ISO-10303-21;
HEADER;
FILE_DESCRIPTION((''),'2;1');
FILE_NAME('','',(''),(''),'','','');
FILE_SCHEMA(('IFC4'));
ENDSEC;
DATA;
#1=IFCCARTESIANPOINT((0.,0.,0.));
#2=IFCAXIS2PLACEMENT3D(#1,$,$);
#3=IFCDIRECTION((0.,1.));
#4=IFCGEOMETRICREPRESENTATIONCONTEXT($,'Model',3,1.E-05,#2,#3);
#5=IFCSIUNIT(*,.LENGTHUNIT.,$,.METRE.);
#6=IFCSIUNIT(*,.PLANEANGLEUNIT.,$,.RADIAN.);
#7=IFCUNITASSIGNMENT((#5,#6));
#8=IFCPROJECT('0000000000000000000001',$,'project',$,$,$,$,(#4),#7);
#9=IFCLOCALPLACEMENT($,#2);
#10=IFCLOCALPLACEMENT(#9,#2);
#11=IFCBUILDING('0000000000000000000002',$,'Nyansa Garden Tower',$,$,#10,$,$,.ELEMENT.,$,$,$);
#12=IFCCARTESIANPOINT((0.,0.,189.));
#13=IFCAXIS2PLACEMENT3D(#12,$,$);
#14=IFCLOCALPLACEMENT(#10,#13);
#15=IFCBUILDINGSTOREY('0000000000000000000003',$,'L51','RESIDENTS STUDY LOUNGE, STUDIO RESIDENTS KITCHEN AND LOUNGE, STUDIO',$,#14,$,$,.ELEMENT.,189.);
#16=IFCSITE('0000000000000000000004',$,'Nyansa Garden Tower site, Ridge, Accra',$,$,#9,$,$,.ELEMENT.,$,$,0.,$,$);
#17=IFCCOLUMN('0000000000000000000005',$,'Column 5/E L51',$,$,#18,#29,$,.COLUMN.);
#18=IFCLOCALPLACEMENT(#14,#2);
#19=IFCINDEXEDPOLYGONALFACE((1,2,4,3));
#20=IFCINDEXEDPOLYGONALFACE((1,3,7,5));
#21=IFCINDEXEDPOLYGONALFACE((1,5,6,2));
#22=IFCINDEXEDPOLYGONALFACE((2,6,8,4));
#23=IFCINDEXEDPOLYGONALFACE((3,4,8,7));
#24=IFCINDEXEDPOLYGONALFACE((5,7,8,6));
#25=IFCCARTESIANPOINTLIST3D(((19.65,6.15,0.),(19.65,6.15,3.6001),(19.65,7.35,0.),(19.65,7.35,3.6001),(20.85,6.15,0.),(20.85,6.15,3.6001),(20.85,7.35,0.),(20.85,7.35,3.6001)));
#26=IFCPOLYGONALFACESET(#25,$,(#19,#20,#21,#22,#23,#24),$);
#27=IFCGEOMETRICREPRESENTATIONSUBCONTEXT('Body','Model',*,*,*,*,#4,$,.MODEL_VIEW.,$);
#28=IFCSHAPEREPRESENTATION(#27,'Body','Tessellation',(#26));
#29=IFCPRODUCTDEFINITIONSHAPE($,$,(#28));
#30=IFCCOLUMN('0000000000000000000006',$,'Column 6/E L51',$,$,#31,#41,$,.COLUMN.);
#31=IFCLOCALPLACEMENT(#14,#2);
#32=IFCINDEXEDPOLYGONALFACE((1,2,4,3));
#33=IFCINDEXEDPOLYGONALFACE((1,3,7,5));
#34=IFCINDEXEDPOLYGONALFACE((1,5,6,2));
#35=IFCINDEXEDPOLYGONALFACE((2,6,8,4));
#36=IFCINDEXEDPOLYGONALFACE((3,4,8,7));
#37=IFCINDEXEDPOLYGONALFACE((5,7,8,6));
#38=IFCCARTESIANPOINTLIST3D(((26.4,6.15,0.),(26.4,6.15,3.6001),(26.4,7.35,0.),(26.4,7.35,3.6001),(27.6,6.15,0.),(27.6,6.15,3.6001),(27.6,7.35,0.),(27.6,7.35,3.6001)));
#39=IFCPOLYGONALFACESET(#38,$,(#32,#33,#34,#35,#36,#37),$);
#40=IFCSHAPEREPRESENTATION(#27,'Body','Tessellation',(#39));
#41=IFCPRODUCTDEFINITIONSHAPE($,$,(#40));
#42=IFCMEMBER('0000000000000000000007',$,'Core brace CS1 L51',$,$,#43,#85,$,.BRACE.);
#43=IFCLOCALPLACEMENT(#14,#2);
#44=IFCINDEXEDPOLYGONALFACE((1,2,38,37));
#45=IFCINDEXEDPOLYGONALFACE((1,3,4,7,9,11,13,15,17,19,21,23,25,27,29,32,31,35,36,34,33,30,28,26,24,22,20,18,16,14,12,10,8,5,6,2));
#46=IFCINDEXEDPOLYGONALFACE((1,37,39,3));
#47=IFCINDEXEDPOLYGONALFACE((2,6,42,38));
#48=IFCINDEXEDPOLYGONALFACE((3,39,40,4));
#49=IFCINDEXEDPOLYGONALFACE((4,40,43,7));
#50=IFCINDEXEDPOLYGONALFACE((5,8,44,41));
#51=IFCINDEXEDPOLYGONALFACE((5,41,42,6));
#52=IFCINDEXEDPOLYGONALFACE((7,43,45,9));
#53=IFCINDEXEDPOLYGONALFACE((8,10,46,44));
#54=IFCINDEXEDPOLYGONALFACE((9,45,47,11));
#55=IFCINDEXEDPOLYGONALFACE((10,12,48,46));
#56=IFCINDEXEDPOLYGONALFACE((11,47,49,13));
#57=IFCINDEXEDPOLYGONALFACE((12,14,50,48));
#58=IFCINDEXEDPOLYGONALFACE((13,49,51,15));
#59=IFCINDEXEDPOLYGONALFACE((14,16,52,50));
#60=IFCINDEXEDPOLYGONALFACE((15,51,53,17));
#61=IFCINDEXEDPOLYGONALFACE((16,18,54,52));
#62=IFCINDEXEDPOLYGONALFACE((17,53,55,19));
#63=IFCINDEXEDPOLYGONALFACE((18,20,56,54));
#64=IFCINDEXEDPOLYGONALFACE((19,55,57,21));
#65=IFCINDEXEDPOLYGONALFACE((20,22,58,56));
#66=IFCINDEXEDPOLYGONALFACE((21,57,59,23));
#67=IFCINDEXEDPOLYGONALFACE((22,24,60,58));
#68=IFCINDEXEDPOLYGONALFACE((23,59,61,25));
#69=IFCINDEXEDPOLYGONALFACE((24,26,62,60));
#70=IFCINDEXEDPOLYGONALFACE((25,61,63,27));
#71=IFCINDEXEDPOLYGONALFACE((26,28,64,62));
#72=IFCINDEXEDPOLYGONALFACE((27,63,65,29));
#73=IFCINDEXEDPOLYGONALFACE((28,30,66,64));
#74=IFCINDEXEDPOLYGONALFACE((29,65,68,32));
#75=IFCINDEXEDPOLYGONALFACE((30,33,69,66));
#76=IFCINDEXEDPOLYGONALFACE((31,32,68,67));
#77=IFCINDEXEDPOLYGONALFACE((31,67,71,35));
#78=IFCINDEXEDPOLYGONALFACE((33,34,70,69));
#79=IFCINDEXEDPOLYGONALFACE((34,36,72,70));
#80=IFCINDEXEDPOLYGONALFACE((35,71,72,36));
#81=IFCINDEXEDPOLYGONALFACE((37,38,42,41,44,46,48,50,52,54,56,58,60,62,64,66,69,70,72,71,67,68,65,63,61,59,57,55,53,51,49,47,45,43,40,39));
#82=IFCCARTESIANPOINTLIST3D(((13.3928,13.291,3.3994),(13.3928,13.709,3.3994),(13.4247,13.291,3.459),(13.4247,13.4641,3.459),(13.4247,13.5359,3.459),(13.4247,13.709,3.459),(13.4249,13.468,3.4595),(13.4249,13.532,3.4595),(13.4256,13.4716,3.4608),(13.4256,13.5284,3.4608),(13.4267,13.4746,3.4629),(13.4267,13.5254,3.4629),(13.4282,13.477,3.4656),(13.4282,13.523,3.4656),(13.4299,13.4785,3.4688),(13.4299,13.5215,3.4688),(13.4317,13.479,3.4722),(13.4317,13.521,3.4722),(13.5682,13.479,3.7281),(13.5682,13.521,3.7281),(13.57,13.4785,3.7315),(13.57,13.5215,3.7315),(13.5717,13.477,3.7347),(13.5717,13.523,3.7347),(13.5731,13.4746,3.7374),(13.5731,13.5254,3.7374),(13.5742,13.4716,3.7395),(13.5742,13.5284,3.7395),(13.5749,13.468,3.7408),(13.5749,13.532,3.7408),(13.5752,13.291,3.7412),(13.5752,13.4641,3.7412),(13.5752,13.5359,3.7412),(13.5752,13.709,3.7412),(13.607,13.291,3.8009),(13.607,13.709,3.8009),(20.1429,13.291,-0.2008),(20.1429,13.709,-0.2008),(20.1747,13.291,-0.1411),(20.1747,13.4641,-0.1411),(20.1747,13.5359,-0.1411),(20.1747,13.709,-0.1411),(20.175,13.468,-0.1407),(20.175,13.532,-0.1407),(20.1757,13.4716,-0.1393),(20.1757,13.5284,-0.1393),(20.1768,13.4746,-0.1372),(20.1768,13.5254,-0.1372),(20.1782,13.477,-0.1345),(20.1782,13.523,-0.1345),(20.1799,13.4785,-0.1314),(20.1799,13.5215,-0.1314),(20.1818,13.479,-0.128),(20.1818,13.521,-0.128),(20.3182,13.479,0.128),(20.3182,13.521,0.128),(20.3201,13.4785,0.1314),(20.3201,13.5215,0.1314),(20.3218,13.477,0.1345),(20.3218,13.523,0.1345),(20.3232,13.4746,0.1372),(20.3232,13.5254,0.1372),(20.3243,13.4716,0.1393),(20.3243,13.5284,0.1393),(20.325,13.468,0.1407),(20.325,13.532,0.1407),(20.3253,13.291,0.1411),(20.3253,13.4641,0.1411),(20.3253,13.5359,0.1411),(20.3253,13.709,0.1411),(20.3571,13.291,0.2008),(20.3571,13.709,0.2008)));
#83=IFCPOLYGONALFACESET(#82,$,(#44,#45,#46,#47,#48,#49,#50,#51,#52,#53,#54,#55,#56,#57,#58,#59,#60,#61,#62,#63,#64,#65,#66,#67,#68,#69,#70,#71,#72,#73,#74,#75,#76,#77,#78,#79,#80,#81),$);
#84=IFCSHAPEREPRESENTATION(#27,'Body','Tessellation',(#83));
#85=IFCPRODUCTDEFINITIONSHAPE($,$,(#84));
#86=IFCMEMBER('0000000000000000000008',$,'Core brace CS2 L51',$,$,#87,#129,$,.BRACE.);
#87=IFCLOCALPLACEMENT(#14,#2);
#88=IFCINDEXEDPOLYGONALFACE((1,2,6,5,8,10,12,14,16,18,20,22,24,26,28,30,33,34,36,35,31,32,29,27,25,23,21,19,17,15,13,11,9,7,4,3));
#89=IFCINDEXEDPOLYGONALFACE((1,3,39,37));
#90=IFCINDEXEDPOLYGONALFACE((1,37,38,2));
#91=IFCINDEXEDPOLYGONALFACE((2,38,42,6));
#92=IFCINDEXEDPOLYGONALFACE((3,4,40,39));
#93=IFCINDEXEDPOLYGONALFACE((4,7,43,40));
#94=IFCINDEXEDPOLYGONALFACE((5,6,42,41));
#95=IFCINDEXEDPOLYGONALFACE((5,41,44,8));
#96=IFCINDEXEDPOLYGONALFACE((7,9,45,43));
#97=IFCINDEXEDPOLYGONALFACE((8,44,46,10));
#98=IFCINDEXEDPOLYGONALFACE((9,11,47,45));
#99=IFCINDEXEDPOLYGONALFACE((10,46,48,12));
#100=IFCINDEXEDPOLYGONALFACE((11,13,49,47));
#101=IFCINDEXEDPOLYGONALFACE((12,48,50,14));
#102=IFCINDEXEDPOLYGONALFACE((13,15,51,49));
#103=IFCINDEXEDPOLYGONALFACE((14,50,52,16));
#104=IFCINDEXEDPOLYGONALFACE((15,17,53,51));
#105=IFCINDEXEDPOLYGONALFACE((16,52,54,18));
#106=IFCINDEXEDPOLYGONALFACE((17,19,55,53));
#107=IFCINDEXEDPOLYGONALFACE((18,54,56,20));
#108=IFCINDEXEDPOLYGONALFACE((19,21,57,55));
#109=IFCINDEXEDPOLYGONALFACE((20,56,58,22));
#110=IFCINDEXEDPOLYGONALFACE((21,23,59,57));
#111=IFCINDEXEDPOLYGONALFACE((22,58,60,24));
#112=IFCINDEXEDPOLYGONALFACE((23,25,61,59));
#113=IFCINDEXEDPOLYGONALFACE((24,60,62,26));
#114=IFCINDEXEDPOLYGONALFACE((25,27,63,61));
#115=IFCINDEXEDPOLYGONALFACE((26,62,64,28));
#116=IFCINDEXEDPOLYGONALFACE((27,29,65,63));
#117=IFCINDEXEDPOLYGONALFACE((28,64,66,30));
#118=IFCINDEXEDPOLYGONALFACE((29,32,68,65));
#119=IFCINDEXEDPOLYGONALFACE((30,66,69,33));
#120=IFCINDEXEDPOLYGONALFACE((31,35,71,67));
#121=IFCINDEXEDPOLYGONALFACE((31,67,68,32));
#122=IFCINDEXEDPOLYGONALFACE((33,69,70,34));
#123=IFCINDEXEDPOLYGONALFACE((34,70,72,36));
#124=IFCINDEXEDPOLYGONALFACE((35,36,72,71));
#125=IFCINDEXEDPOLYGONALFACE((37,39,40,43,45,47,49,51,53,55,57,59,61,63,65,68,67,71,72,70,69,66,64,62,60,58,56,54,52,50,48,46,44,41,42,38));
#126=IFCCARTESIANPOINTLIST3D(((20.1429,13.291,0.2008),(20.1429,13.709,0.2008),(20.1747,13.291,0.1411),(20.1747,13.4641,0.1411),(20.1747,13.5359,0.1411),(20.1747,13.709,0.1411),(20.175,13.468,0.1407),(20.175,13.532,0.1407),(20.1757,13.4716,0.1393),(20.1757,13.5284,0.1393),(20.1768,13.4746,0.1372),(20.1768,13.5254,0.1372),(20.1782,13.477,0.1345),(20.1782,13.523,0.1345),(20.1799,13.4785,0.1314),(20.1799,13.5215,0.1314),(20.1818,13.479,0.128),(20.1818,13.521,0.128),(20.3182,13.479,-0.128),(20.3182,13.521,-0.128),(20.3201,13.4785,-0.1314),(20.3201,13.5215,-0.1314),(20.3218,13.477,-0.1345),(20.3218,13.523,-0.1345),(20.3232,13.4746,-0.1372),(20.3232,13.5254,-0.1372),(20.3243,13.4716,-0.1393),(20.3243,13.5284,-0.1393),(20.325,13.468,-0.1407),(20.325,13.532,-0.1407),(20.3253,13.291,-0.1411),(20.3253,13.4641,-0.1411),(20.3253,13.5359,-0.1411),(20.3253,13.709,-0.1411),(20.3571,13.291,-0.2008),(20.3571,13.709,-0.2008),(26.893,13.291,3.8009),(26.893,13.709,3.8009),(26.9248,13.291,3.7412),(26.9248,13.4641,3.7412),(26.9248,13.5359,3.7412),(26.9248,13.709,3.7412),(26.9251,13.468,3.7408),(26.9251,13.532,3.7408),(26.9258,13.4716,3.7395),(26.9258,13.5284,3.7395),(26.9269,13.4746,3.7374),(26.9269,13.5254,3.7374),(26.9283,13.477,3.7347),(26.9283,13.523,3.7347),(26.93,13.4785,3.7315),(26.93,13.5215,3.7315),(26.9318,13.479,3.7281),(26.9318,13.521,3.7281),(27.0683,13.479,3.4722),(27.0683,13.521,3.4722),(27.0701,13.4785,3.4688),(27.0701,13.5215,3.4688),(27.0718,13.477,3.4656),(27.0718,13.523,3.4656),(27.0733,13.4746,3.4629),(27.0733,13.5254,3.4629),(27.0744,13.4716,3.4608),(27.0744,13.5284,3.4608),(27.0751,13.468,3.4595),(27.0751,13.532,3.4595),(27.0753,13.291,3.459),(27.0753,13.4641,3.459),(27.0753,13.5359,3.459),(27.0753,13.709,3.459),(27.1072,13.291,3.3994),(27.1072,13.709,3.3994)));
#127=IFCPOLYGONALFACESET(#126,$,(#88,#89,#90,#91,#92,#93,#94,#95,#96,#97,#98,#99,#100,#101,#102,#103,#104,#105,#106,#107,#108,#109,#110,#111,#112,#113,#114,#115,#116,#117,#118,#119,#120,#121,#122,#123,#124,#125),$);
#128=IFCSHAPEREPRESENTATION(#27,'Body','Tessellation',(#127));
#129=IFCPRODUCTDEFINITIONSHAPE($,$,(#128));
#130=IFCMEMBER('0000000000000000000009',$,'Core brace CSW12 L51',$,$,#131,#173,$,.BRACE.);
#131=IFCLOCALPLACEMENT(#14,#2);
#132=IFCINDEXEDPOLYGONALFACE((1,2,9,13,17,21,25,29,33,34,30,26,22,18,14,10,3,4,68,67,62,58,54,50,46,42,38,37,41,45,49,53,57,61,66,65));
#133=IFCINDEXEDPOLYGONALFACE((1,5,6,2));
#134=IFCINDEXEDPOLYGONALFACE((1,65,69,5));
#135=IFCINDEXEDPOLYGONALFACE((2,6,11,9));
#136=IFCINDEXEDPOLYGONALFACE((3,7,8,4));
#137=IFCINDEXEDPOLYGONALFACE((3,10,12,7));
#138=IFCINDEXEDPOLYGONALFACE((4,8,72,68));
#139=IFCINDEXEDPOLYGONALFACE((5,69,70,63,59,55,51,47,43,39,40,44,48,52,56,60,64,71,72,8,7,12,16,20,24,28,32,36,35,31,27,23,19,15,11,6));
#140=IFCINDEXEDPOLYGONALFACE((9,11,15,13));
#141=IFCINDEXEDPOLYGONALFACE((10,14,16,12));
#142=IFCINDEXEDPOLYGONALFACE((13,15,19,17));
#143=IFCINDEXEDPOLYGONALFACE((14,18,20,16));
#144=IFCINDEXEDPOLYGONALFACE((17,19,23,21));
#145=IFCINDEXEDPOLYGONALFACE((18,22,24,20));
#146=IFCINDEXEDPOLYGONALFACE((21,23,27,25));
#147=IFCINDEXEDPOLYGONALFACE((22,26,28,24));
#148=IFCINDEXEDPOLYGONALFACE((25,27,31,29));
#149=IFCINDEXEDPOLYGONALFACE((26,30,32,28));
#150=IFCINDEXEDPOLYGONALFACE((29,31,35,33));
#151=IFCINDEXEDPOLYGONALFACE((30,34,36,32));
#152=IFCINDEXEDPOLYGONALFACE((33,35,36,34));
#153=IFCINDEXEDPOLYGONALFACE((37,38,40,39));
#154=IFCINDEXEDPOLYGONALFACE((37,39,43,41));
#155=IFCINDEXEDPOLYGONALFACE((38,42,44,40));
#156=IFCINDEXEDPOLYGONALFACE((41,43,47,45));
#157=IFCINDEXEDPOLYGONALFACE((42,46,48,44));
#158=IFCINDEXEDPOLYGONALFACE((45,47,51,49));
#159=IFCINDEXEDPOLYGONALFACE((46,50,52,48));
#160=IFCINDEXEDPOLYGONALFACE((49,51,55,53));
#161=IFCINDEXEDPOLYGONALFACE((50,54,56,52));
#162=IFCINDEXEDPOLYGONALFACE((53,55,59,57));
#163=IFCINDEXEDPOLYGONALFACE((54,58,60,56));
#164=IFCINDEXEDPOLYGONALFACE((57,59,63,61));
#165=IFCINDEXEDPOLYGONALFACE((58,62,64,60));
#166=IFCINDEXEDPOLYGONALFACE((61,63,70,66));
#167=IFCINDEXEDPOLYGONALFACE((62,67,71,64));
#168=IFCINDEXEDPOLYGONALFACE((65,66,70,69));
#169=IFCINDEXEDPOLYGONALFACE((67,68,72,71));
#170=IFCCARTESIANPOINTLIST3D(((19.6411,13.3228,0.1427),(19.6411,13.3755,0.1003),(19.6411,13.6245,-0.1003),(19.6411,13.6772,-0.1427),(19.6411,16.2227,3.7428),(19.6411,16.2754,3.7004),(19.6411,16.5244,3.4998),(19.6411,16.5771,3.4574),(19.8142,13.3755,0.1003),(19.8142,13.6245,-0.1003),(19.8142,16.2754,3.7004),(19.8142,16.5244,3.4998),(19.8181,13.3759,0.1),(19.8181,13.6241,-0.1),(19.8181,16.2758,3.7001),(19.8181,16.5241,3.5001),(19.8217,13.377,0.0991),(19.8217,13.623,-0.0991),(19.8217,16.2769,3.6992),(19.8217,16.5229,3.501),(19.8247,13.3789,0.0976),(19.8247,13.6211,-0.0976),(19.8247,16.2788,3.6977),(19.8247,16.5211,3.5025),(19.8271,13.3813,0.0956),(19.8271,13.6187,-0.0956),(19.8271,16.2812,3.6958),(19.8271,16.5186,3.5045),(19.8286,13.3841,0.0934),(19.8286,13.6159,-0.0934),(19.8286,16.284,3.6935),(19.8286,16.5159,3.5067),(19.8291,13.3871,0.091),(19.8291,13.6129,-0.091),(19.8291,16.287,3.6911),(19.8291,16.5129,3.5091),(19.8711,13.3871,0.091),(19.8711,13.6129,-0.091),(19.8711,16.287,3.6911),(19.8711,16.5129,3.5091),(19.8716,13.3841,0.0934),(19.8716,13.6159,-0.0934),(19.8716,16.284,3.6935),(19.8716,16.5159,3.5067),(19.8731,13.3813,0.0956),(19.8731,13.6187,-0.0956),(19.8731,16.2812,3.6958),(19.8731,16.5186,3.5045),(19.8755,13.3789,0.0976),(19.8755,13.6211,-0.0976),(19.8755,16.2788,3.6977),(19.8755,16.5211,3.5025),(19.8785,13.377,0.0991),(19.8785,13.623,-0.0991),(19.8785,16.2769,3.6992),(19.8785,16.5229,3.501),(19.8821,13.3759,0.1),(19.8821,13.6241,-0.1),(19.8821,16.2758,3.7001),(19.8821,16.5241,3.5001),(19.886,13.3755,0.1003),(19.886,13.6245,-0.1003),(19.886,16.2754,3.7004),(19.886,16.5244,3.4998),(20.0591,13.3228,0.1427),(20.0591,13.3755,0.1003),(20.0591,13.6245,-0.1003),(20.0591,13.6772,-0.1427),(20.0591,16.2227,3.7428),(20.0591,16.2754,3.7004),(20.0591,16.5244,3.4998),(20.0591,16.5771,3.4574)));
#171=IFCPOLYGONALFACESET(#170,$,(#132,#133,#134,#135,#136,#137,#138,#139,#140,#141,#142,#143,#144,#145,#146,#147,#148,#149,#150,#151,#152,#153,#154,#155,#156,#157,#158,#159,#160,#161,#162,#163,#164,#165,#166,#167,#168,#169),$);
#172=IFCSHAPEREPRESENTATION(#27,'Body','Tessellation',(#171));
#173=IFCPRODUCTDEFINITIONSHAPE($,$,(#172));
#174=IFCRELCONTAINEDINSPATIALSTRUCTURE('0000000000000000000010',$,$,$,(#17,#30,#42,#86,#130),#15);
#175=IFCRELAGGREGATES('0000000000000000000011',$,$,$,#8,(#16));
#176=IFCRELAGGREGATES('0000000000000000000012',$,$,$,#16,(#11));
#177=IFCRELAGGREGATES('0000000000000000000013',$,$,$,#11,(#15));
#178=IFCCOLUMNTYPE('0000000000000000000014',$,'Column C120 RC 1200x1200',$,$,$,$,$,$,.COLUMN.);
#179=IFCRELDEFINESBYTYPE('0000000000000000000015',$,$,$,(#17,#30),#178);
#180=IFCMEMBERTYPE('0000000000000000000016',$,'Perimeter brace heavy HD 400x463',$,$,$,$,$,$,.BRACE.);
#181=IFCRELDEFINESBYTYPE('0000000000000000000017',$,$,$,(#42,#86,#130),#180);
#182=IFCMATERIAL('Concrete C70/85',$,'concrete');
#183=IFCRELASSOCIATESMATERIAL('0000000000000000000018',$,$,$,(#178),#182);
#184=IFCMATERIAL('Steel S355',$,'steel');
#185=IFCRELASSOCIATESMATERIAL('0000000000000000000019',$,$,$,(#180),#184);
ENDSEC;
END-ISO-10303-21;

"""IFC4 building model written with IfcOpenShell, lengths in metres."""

from ifc_helpers import new_model, si_unit, direction, frame, origin, origin_2d, place, context, subcontext, project, spatial, rectangle, i_section, extrude, material, material_profile, profile_set, type_object, element, save


model = new_model("IFC4")

# Units and contexts
model_context = context("Model", 3, precision=1e-05, world=origin(), true_north=direction((0.0, 1.0)))
body_context = subcontext(model_context, "Body", "Model", "MODEL_VIEW")
ifc_project = project(units=[si_unit("LENGTHUNIT", "METRE"), si_unit("PLANEANGLEUNIT", "RADIAN")], contexts=[model_context])

# Site, building, storey
site_placement = place(None, origin())
site = spatial("IfcSite", under=ifc_project, at=site_placement, Name="Nyansa Garden Tower site, Ridge, Accra", CompositionType="ELEMENT", RefElevation=0.0)
building_placement = place(site_placement, origin())
building = spatial("IfcBuilding", under=site, at=building_placement, Name="Nyansa Garden Tower", CompositionType="ELEMENT")
storey_placement = place(building_placement, frame((0.0, 0.0, 189.0)))
storey = spatial("IfcBuildingStorey", under=building, at=storey_placement, Name="L51", Description="RESIDENTS STUDY LOUNGE, STUDIO RESIDENTS KITCHEN AND LOUNGE, STUDIO", CompositionType="ELEMENT", Elevation=189.0)

# Columns
ifc_material_1 = material(Name="Concrete C70/85", Category="concrete")
ifc_material_profile_1 = material_profile(ifc_material_1, rectangle(XDim=1.2, YDim=1.2, at=origin_2d()), Name="RC 1200x1200")
ifc_profile_set_1 = profile_set([ifc_material_profile_1], Name="Concrete C70/85")
column_type = type_object("IfcColumnType", Name="Column C120 RC 1200x1200", PredefinedType="COLUMN", material=ifc_profile_set_1)
for number, where, z_axis, x_axis, name in (
    (1, (20.25, 6.75, 0.0), (0.0, 0.0, 1.0), (1.0, 0.0, 0.0), "Column 5/E L51"),
    (2, (27.0, 6.75, 0.0), (0.0, 0.0, 1.0), (1.0, 0.0, 0.0), "Column 6/E L51"),
):
    element("IfcColumn", number, at=place(storey_placement, frame(where, z_axis=z_axis, x_axis=x_axis)), inside=storey, type_object=column_type, Name=name, PredefinedType="COLUMN", context=body_context, shape_type="SweptSolid", body=[
        extrude(rectangle(XDim=1.2, YDim=1.2, at=origin_2d()), origin(), (0.0, 0.0, 1.0), 3.6001),
    ])

# Members
ifc_material_2 = material(Name="Steel S355", Category="steel")
ifc_material_profile_2 = material_profile(ifc_material_2, i_section(OverallWidth=0.418, OverallDepth=0.4551, WebThickness=0.042, FlangeThickness=0.0676, FilletRadius=0.0149, at=origin_2d()), Name="HD 400x463")
ifc_profile_set_2 = profile_set([ifc_material_profile_2], Name="Steel S355")
member_type = type_object("IfcMemberType", Name="Perimeter brace heavy HD 400x463", PredefinedType="BRACE", material=ifc_profile_set_2)
for number, where, z_axis, x_axis, name in (
    (3, (20.25, 13.5, 0.0), (-0.882348, 0.0, 0.470598), (0.0, -1.0, 0.0), "Core brace CS1 L51"),
    (4, (20.25, 13.5, 0.0), (0.882348, 0.0, 0.470598), (0.0, 1.0, 0.0), "Core brace CS2 L51"),
):
    element("IfcMember", number, at=place(storey_placement, frame(where, z_axis=z_axis, x_axis=x_axis)), inside=storey, type_object=member_type, Name=name, PredefinedType="BRACE", context=body_context, shape_type="SweptSolid", body=[
        extrude(i_section(OverallWidth=0.418, OverallDepth=0.4551, WebThickness=0.042, FlangeThickness=0.0676, FilletRadius=0.0149, at=origin_2d()), origin(), (0.0, 0.0, 1.0), 7.6501),
    ])
member_placement = place(storey_placement, frame((19.8501, 13.5, 0.0), z_axis=(0.0, 0.627306, 0.778773), x_axis=(-1.0, 0.0, 0.0)))
element("IfcMember", 5, at=member_placement, inside=storey, type_object=member_type, Name="Core brace CSW12 L51", PredefinedType="BRACE", context=body_context, shape_type="SweptSolid", body=[
    extrude(i_section(OverallWidth=0.418, OverallDepth=0.4551, WebThickness=0.042, FlangeThickness=0.0676, FilletRadius=0.0149, at=origin_2d()), origin(), (0.0, 0.0, 1.0), 4.6228),
])

save(model, "model.ifc")
